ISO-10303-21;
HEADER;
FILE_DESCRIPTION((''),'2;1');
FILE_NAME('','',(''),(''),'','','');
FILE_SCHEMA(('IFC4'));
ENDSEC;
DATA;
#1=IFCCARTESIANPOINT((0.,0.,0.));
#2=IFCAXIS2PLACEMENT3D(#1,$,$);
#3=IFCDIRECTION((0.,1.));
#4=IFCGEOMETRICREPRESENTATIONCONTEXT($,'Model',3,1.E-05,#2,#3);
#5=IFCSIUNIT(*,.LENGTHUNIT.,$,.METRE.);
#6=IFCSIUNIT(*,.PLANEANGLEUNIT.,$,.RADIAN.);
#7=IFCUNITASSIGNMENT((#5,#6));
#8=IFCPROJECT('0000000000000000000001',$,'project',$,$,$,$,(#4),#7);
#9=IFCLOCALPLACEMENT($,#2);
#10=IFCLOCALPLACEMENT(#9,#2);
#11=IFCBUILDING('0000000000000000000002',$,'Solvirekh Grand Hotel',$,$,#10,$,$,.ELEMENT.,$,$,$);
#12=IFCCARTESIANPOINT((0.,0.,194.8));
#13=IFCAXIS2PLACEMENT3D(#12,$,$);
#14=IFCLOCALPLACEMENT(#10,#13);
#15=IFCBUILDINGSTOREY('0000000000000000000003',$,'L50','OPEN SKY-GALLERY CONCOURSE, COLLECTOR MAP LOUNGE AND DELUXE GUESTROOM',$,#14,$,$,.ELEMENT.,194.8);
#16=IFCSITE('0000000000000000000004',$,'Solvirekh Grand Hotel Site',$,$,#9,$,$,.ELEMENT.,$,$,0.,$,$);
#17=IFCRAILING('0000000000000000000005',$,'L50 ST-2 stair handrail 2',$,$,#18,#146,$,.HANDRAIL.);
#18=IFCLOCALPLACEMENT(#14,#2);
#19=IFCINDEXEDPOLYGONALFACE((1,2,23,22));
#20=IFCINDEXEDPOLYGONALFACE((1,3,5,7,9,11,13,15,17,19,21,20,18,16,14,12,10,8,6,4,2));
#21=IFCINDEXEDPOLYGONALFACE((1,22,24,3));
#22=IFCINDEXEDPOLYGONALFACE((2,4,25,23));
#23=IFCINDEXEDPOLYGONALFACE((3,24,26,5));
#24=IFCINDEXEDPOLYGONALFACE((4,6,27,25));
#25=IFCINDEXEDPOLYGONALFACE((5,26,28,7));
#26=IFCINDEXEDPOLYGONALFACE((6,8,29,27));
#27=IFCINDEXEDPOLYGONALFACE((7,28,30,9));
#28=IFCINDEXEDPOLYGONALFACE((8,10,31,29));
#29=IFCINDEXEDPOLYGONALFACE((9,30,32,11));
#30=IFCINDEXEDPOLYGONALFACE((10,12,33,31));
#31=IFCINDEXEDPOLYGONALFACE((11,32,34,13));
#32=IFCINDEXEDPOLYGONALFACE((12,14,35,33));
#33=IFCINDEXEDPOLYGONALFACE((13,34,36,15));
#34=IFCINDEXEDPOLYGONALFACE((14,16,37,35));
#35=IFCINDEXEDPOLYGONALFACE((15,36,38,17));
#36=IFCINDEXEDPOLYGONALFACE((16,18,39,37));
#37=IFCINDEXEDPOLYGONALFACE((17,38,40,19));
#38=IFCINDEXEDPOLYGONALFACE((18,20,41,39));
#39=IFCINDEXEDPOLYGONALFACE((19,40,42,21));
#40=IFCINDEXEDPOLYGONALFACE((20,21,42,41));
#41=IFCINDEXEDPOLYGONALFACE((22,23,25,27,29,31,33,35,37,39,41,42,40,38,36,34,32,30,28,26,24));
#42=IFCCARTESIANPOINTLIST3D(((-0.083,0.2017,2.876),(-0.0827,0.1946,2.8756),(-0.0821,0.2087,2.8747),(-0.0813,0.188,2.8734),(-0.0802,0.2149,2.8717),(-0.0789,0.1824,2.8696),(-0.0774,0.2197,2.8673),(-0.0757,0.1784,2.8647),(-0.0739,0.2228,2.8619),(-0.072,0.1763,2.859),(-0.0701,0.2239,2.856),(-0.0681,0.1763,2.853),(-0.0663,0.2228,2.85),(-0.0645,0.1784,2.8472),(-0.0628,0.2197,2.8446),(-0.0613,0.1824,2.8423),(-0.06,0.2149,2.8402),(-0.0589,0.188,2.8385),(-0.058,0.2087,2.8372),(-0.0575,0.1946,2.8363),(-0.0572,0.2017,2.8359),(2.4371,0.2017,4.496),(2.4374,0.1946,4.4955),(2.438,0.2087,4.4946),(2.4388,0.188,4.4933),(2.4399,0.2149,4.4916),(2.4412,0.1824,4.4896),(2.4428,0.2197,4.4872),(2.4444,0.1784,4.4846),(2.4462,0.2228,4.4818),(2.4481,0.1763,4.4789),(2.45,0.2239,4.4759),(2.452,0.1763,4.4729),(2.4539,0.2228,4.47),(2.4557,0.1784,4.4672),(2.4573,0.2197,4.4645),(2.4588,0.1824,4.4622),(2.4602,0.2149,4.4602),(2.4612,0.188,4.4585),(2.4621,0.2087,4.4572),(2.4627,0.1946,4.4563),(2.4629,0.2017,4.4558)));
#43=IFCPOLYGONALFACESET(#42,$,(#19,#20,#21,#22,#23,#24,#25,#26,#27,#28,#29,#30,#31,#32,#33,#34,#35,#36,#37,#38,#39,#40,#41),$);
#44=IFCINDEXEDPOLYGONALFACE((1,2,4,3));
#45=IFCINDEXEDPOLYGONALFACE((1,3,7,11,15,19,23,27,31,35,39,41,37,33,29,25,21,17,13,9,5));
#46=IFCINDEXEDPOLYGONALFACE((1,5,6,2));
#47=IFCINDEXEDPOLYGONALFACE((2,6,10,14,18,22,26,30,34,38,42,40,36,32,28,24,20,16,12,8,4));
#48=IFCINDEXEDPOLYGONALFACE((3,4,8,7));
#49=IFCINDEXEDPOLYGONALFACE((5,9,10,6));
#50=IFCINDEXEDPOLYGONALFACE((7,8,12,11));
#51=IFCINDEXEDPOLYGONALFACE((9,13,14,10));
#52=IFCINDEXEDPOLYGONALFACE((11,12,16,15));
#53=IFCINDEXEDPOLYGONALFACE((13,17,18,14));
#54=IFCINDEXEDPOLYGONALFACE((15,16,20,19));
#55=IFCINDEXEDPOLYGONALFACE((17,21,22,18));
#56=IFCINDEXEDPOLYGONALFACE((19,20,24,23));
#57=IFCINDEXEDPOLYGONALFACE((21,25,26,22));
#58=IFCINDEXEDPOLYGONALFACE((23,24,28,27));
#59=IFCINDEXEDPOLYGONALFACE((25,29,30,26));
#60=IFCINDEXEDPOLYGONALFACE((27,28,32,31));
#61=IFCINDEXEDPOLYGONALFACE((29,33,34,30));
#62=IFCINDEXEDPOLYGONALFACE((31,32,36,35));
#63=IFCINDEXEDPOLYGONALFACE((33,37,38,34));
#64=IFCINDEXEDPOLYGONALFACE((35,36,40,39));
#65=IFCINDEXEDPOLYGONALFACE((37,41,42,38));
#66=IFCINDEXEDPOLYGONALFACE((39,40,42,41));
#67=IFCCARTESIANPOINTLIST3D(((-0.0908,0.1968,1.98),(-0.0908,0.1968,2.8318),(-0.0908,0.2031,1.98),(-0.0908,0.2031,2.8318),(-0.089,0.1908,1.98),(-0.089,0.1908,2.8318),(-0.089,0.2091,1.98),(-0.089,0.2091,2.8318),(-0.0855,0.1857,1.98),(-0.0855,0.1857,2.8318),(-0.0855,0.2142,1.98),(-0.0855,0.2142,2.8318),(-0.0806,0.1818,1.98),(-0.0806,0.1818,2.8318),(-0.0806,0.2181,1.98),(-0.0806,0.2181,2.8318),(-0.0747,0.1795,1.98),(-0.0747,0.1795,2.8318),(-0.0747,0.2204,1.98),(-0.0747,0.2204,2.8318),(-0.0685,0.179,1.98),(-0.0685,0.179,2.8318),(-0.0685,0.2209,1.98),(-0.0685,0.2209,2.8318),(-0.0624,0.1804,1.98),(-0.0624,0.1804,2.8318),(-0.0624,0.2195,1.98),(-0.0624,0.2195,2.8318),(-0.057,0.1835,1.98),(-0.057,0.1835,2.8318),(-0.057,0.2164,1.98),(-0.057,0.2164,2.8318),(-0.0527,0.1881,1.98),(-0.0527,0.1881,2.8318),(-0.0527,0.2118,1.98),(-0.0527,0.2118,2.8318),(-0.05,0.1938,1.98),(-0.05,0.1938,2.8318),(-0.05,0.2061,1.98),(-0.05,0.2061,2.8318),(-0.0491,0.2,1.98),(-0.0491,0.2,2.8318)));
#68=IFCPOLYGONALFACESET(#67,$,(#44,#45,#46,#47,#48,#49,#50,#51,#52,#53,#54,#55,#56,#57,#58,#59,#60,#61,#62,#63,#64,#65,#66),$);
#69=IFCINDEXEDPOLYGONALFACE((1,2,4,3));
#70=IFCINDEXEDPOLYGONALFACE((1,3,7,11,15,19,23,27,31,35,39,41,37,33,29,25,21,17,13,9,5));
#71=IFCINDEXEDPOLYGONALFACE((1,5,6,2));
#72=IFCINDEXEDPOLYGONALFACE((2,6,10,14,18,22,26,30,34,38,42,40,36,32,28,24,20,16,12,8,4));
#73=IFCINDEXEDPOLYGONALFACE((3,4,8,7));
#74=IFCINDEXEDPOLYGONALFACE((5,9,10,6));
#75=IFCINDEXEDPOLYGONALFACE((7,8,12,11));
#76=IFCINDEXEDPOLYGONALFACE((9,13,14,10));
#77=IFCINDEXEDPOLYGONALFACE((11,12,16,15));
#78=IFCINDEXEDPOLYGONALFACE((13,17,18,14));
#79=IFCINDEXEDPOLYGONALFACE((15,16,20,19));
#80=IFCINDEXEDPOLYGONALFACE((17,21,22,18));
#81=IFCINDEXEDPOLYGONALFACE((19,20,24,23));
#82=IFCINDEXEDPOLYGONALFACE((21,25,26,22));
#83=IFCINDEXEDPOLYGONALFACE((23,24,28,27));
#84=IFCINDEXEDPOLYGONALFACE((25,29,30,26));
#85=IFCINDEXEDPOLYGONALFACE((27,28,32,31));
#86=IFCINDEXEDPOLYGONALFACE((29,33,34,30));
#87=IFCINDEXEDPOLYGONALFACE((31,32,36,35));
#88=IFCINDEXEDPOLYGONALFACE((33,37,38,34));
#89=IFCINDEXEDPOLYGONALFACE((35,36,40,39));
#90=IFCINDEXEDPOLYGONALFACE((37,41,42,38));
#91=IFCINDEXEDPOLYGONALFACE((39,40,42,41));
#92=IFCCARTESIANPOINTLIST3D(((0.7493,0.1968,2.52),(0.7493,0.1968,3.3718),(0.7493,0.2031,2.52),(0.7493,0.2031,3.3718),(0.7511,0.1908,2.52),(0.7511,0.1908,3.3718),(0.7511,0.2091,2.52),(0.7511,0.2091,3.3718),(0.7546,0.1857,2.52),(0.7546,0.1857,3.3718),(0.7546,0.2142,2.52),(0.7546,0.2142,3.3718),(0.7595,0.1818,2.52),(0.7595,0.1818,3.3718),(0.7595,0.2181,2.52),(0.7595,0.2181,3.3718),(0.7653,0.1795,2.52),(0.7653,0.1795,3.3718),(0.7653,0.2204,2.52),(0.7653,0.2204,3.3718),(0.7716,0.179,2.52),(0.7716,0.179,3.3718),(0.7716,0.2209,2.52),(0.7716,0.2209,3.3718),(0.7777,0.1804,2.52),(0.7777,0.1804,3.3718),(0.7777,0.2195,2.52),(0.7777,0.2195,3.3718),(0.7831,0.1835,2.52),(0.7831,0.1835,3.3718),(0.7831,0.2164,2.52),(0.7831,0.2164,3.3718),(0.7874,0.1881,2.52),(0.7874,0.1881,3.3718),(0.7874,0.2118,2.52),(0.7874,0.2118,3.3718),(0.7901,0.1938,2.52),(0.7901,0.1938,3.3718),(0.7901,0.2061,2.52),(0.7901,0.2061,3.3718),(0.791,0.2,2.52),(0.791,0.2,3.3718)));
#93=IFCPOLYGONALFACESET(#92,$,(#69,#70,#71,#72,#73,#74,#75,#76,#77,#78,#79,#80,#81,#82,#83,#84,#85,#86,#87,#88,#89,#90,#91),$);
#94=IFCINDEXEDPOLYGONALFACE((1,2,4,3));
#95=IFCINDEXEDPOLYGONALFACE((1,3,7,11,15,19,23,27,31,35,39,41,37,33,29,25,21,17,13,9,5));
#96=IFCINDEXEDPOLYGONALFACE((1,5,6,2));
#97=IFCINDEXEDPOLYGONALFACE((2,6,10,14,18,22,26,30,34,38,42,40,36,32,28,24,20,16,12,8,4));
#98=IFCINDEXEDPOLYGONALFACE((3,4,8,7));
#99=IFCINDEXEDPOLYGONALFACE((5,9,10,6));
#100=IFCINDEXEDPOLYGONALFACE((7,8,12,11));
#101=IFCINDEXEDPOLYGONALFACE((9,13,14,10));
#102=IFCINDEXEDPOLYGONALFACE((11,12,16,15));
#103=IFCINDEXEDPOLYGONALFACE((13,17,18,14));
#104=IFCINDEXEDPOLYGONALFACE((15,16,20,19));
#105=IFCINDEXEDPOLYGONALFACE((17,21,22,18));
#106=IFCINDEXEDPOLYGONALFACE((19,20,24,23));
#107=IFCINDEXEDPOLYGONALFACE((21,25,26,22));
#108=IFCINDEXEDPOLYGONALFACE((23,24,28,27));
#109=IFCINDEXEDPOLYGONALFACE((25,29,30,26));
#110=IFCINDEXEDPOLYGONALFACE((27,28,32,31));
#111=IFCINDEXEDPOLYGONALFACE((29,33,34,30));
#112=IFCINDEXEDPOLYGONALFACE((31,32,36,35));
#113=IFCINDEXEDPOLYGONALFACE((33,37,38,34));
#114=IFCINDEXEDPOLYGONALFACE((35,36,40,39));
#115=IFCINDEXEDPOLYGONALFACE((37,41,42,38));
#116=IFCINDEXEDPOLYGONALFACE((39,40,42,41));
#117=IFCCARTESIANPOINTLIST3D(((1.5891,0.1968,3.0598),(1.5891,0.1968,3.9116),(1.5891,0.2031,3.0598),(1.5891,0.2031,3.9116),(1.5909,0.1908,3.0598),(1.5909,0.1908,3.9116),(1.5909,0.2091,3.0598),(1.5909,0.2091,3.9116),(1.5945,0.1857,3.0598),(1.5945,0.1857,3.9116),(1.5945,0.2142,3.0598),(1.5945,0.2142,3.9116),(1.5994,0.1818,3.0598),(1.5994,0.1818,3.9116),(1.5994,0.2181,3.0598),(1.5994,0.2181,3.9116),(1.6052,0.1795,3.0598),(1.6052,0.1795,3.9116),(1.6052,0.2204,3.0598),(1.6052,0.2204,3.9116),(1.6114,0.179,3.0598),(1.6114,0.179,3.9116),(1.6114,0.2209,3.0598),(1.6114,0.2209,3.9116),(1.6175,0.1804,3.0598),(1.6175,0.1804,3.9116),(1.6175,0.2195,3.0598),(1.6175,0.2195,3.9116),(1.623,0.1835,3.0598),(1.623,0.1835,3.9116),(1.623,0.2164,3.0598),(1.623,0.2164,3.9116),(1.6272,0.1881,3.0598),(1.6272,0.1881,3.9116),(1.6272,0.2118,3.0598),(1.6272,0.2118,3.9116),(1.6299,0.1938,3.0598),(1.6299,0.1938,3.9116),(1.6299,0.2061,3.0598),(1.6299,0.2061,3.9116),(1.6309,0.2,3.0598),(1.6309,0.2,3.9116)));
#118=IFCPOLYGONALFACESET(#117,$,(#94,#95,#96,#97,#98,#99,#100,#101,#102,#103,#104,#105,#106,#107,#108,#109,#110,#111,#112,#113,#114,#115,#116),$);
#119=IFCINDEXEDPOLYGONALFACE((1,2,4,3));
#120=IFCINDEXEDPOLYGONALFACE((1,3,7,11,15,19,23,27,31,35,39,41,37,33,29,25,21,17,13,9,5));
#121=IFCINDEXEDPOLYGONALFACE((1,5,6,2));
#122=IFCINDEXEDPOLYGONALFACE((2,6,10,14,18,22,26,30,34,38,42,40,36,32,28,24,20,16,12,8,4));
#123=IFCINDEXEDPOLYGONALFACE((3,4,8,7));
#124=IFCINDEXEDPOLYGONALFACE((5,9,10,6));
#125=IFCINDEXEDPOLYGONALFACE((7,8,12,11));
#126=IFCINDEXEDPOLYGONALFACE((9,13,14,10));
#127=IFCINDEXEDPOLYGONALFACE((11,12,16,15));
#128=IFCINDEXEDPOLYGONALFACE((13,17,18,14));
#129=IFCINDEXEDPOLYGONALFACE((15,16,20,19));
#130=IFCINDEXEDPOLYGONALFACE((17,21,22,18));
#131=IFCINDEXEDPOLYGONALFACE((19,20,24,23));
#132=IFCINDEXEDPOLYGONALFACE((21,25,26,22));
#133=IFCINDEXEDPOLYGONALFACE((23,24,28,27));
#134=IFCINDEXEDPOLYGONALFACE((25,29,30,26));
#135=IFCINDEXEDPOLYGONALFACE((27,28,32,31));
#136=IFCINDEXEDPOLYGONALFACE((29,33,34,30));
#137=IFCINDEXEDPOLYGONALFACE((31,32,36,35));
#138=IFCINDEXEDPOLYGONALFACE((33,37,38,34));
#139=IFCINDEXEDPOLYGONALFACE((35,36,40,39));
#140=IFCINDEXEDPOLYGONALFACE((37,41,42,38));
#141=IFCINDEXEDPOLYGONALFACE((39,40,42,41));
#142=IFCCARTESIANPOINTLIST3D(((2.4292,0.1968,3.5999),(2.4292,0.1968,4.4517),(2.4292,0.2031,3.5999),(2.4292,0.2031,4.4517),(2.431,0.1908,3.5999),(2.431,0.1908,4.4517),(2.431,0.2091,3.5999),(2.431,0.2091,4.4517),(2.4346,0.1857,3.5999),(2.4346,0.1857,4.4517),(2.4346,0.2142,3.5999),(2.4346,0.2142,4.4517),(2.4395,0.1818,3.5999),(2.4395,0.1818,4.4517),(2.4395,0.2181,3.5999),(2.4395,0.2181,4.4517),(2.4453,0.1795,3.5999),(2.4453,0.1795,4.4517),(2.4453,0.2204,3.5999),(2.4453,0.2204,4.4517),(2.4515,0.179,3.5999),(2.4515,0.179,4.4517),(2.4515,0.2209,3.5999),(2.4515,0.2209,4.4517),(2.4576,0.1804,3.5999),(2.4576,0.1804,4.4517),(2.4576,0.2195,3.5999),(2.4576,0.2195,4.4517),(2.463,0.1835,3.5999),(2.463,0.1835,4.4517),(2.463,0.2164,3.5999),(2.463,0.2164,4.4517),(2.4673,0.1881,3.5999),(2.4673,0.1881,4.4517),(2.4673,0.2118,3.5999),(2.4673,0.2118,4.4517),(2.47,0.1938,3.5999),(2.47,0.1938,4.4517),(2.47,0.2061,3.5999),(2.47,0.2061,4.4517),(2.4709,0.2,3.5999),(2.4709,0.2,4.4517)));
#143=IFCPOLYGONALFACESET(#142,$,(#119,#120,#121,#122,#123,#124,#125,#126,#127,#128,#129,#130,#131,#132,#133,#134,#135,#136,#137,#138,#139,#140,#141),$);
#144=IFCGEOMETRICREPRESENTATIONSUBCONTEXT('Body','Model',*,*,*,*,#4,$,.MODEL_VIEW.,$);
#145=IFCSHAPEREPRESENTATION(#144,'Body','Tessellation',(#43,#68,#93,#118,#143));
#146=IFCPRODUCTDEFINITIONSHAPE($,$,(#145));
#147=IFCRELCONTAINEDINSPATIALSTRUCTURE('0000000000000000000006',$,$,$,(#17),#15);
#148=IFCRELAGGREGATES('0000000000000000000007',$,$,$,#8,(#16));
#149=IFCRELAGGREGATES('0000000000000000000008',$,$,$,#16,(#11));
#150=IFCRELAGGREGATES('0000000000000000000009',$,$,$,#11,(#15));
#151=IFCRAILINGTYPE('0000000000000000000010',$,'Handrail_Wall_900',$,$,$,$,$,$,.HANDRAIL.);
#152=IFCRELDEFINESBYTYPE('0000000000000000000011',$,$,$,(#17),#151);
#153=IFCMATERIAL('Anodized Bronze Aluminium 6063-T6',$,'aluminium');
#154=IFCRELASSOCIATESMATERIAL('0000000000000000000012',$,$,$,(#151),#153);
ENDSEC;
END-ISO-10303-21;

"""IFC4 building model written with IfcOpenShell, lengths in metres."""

from ifc_helpers import new_model, si_unit, direction, frame, origin, origin_2d, place, context, subcontext, project, spatial, circle, extrude, material, type_object, element, save


model = new_model("IFC4")

# Units and contexts
model_context = context("Model", 3, precision=1e-05, world=origin(), true_north=direction((0.0, 1.0)))
body_context = subcontext(model_context, "Body", "Model", "MODEL_VIEW")
ifc_project = project(units=[si_unit("LENGTHUNIT", "METRE"), si_unit("PLANEANGLEUNIT", "RADIAN")], contexts=[model_context])

# Site, building, storey
site_placement = place(None, origin())
site = spatial("IfcSite", under=ifc_project, at=site_placement, Name="Solvirekh Grand Hotel Site", CompositionType="ELEMENT", RefElevation=0.0)
building_placement = place(site_placement, origin())
building = spatial("IfcBuilding", under=site, at=building_placement, Name="Solvirekh Grand Hotel", CompositionType="ELEMENT")
storey_placement = place(building_placement, frame((0.0, 0.0, 194.8)))
storey = spatial("IfcBuildingStorey", under=building, at=storey_placement, Name="L50", Description="OPEN SKY-GALLERY CONCOURSE, COLLECTOR MAP LOUNGE AND DELUXE GUESTROOM", CompositionType="ELEMENT", Elevation=194.8)

# Shared definitions
ifc_material_1 = material(Name="Anodized Bronze Aluminium 6063-T6", Category="aluminium")

# Railing
railing_type_1 = type_object("IfcRailingType", Name="Handrail_Wall_900", PredefinedType="HANDRAIL", material=ifc_material_1)
railing_1_placement = place(storey_placement, frame((-0.0701, 0.2, 1.98)))
element("IfcRailing", 1, at=railing_1_placement, inside=storey, type_object=railing_type_1, Name="L50 ST-2 stair handrail 2", PredefinedType="HANDRAIL", context=body_context, shape_type="SweptSolid", body=[
    extrude(circle(Radius=0.0239, at=origin_2d()), frame((0.0, 0.0, 0.876), z_axis=(0.8412, 0.0, 0.540725), x_axis=(0.0, 1.0, 0.0)), (0.0, 0.0, 1.0), 2.9958),
    extrude(circle(Radius=0.021, at=origin_2d()), origin(), (0.0, 0.0, 1.0), 0.8518),
    extrude(circle(Radius=0.021, at=origin_2d()), frame((0.8401, 0.0, 0.54)), (0.0, 0.0, 1.0), 0.8518),
    extrude(circle(Radius=0.021, at=origin_2d()), frame((1.6799, 0.0, 1.0798)), (0.0, 0.0, 1.0), 0.8518),
    extrude(circle(Radius=0.021, at=origin_2d()), frame((2.52, 0.0, 1.6199)), (0.0, 0.0, 1.0), 0.8518),
])

save(model, "model.ifc")
